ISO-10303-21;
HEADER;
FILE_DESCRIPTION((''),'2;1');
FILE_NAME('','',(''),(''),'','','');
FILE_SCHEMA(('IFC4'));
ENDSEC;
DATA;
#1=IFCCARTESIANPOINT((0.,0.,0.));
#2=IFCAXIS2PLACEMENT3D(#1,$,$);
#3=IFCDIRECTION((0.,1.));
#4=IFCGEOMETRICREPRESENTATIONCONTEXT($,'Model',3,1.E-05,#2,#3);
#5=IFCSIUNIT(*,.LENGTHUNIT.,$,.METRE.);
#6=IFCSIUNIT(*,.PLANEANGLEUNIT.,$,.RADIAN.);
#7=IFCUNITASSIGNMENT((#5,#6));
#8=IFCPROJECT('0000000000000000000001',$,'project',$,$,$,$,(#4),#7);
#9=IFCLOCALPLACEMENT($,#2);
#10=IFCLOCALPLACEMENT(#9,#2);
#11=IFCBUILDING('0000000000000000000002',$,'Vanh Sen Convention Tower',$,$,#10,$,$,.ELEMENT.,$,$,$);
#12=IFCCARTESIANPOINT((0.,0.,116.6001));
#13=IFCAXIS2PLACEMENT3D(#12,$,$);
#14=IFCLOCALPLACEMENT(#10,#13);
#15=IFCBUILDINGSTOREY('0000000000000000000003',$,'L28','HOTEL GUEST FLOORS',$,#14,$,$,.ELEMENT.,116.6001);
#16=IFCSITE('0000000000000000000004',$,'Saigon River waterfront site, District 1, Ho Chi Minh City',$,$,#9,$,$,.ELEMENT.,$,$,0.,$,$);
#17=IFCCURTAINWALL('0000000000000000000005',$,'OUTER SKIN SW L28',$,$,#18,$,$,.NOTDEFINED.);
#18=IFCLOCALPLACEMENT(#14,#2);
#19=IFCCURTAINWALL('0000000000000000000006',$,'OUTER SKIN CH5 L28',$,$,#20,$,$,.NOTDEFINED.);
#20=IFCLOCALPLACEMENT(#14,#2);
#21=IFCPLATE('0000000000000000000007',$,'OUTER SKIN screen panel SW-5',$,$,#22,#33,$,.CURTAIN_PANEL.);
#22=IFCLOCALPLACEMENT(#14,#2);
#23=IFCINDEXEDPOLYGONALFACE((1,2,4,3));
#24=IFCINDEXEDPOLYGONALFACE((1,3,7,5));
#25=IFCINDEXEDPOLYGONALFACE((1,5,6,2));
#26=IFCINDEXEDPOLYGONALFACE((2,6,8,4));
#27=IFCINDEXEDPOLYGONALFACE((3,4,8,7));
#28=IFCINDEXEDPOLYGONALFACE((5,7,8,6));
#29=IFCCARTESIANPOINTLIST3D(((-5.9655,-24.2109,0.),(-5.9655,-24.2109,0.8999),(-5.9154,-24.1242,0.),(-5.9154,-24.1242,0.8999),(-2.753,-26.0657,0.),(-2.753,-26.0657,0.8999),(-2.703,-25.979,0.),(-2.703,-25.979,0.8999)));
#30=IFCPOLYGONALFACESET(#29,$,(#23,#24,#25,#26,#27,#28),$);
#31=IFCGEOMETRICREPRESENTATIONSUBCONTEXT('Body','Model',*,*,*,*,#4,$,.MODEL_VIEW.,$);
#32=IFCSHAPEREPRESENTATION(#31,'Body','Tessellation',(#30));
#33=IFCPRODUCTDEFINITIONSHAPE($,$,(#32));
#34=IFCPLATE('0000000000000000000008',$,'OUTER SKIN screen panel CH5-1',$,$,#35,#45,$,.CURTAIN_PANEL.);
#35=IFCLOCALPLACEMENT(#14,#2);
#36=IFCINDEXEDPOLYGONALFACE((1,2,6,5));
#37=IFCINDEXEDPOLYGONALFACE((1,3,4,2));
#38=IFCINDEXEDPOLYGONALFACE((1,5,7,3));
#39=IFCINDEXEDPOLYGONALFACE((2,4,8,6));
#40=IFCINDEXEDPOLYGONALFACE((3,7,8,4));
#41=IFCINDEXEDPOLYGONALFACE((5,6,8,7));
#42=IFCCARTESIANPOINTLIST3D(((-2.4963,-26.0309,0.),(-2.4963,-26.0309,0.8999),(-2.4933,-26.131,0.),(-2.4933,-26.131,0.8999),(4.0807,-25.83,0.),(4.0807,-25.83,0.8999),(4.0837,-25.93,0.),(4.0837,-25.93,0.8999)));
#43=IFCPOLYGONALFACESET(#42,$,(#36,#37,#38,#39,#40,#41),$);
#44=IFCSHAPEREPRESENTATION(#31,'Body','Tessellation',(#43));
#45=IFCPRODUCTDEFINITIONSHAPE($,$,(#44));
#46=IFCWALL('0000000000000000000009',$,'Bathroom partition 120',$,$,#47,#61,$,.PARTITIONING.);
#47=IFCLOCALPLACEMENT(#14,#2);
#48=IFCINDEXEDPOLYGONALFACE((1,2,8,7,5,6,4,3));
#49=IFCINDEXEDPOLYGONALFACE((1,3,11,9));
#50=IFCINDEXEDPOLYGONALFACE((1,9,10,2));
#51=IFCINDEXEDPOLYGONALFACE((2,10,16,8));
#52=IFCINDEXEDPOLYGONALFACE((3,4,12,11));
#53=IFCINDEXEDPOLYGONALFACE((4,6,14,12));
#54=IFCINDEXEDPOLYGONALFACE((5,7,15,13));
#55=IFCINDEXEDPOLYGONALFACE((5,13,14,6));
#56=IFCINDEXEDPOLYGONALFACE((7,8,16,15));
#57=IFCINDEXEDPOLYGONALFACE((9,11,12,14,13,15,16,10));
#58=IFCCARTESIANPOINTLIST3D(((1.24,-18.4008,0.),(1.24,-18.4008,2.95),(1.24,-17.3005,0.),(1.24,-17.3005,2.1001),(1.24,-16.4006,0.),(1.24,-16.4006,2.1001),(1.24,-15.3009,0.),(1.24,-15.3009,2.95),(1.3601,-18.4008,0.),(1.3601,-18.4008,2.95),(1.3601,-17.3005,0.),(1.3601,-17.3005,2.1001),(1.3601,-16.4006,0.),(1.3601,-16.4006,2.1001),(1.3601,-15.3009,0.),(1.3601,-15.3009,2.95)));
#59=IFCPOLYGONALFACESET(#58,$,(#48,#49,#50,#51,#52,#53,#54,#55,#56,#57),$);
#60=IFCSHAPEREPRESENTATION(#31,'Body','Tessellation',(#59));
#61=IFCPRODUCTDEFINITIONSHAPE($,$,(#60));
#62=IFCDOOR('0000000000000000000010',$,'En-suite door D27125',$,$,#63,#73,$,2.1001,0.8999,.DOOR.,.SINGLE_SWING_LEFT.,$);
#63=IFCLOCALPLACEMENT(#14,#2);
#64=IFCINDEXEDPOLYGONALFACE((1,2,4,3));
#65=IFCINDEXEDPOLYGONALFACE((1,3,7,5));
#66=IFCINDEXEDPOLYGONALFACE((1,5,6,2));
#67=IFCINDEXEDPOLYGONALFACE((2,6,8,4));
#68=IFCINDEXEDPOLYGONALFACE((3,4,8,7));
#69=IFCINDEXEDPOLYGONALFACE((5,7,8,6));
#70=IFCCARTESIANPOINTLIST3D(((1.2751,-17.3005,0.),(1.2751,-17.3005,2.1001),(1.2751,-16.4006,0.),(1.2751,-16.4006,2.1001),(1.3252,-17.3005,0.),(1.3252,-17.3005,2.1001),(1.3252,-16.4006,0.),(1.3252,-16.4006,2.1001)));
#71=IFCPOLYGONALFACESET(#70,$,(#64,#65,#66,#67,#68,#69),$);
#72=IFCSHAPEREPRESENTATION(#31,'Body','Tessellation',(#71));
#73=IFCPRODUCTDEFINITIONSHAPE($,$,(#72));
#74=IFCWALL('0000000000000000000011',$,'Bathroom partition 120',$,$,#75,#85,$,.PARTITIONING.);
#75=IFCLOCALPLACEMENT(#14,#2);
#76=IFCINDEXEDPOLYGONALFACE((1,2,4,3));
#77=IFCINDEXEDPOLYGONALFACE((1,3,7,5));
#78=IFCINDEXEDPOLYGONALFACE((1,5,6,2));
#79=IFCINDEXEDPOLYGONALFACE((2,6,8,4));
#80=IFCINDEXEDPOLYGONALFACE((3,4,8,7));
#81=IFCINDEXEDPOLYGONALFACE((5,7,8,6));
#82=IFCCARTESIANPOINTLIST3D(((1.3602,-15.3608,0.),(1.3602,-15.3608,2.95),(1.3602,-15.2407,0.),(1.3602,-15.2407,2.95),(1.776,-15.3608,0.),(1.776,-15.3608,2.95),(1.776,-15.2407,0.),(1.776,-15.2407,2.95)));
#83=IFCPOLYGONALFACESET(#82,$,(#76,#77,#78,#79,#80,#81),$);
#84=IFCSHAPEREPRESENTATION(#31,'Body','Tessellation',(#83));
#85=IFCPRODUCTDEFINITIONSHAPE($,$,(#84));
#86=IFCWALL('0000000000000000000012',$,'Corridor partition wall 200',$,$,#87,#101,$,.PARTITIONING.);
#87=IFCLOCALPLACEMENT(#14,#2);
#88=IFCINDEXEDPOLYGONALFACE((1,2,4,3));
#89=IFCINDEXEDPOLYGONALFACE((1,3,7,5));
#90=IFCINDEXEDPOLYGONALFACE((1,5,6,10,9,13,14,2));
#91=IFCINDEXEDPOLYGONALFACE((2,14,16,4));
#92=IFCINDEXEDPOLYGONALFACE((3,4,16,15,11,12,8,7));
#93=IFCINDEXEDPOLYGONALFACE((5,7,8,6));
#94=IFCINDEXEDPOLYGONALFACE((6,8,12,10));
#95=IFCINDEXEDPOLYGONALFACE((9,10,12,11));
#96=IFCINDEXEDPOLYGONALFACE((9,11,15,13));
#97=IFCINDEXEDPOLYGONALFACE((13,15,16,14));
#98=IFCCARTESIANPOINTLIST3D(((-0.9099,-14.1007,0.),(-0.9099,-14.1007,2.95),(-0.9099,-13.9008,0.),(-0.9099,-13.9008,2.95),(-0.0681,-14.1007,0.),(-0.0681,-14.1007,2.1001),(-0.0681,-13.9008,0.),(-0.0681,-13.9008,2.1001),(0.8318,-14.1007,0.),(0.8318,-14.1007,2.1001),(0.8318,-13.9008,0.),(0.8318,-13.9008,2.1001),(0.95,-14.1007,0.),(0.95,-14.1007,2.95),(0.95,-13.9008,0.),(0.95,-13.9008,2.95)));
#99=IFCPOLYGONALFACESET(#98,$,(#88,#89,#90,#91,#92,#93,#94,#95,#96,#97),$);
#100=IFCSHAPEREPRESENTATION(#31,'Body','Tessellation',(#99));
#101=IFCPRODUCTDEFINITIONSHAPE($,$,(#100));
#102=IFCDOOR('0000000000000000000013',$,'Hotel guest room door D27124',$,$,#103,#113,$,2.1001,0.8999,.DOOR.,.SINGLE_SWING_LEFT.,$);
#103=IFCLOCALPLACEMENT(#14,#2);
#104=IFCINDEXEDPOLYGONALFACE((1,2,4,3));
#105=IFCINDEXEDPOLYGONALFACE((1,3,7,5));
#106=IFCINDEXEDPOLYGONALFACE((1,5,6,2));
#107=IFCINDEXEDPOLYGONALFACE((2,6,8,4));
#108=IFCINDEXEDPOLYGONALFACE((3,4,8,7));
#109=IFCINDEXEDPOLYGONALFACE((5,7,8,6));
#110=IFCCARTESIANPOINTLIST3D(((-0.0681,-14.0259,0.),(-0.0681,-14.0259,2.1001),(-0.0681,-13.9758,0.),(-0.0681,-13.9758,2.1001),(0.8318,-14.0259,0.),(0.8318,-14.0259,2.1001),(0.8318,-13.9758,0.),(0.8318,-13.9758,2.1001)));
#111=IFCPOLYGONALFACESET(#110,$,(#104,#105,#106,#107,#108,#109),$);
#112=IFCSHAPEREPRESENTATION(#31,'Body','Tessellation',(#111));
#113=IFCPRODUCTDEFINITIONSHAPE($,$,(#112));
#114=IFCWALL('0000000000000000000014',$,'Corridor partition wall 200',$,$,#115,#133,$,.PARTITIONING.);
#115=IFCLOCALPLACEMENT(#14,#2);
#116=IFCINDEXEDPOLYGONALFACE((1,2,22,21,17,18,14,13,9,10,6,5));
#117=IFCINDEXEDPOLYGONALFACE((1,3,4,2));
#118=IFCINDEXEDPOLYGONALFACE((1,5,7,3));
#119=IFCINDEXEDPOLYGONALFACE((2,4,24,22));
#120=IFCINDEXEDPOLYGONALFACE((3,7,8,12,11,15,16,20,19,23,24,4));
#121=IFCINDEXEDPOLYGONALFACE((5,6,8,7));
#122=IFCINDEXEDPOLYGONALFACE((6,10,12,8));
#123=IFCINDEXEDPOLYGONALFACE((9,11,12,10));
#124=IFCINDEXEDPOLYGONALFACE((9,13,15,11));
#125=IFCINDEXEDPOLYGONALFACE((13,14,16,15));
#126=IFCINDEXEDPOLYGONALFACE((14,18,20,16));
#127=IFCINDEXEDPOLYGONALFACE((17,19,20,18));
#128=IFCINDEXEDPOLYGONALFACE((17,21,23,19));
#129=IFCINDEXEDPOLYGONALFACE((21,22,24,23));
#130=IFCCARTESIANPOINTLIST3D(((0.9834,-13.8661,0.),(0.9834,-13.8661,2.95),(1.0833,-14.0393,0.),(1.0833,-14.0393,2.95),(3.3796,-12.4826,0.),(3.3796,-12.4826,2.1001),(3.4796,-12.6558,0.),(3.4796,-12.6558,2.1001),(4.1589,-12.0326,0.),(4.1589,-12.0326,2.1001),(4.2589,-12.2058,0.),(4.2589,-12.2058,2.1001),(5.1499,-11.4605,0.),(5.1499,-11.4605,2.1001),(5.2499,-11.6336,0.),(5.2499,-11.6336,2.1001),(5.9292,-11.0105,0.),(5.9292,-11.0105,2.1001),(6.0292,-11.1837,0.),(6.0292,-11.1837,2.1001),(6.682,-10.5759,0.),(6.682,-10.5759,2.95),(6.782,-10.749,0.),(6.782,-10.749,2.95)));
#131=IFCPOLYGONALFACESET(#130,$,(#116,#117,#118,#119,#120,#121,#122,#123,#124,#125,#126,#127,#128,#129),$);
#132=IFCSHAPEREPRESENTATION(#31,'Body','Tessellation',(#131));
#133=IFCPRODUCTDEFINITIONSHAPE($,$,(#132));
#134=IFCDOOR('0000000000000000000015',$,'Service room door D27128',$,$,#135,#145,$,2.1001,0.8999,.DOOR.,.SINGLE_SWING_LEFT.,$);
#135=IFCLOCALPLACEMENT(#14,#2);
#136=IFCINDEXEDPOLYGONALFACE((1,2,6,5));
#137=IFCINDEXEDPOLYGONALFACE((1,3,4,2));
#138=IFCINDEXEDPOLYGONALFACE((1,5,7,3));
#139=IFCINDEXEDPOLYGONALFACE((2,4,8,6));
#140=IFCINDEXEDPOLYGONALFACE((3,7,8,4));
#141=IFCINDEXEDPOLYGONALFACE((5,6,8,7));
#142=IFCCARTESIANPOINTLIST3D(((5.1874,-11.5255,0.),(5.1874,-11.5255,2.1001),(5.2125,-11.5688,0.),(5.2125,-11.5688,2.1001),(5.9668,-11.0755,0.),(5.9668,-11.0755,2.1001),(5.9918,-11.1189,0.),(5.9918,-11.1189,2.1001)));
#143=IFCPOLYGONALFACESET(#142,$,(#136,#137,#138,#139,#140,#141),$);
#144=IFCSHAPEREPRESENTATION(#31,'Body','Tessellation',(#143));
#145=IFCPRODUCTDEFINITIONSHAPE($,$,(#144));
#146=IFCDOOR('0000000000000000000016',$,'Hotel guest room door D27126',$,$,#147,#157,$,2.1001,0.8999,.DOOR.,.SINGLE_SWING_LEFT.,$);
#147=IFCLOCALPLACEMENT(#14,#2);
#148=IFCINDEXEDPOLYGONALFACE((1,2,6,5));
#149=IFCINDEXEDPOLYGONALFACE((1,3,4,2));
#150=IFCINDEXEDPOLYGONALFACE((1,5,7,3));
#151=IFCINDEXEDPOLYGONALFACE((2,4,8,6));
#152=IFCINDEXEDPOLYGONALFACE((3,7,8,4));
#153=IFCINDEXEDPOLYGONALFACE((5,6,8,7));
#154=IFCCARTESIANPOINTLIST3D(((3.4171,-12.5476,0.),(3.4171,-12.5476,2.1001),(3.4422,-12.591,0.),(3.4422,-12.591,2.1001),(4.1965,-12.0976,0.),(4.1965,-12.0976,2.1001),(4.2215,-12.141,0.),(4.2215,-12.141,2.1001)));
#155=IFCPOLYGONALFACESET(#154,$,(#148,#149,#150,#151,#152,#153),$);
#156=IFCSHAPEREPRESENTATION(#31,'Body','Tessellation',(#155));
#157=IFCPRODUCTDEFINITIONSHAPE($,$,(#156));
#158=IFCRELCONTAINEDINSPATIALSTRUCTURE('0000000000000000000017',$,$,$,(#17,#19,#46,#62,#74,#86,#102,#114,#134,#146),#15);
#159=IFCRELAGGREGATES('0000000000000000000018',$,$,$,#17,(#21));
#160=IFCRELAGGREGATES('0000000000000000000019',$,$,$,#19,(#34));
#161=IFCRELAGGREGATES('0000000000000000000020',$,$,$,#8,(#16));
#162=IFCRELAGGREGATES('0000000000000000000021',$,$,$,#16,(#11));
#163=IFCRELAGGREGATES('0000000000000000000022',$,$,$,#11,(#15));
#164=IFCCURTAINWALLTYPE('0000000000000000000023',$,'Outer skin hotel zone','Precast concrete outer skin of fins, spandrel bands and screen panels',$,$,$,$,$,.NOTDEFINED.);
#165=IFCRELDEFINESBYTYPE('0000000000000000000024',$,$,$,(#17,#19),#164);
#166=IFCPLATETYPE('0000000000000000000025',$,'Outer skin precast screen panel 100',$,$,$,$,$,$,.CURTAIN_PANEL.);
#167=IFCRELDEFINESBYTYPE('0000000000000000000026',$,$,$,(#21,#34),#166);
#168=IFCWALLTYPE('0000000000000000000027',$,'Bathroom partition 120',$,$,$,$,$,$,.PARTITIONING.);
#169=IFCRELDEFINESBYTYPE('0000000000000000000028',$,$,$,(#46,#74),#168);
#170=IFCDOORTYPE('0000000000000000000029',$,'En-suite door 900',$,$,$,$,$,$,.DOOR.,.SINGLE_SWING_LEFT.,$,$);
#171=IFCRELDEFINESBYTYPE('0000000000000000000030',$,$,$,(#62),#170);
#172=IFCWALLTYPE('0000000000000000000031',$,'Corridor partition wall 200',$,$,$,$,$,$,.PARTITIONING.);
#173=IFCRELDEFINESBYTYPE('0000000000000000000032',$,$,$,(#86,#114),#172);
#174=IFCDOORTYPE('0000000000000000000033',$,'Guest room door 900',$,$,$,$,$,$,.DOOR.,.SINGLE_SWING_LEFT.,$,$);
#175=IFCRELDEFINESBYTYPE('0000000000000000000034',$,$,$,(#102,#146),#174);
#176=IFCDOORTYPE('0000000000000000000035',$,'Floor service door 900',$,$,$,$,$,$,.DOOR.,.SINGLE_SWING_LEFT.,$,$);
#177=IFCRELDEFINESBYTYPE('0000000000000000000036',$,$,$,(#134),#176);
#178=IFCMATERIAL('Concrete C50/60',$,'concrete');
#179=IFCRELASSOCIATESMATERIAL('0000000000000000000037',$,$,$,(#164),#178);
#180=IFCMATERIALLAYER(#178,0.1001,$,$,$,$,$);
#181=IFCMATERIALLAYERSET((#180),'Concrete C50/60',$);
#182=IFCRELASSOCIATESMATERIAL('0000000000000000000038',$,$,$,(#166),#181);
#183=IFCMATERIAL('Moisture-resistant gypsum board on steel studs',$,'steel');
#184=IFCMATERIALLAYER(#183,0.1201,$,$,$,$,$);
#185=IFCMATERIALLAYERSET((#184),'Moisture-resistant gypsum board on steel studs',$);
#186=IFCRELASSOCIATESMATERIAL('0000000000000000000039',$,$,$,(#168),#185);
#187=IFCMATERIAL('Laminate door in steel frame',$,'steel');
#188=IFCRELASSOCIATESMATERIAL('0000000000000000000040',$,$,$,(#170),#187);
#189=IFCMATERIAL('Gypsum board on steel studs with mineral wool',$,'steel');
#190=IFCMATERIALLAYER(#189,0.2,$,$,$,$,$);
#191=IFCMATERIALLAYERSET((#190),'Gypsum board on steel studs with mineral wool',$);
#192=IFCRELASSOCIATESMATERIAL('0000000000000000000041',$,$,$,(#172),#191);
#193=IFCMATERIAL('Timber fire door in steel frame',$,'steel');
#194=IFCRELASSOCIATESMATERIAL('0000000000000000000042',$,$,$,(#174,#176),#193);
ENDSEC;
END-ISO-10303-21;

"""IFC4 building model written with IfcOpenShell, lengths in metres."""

from ifc_helpers import new_model, si_unit, direction, frame, frame_2d, origin, origin_2d, place, context, subcontext, project, spatial, rectangle, extrude, material, layer, layer_set, type_object, element, fill, aggregate, save


model = new_model("IFC4")

# Units and contexts
model_context = context("Model", 3, precision=1e-05, world=origin(), true_north=direction((0.0, 1.0)))
body_context = subcontext(model_context, "Body", "Model", "MODEL_VIEW")
ifc_project = project(units=[si_unit("LENGTHUNIT", "METRE"), si_unit("PLANEANGLEUNIT", "RADIAN")], contexts=[model_context])

# Site, building, storey
site_placement = place(None, origin())
site = spatial("IfcSite", under=ifc_project, at=site_placement, Name="Saigon River waterfront site, District 1, Ho Chi Minh City", CompositionType="ELEMENT", RefElevation=0.0)
building_placement = place(site_placement, origin())
building = spatial("IfcBuilding", under=site, at=building_placement, Name="Vanh Sen Convention Tower", CompositionType="ELEMENT")
storey_placement = place(building_placement, frame((0.0, 0.0, 116.6001)))
storey = spatial("IfcBuildingStorey", under=building, at=storey_placement, Name="L28", Description="HOTEL GUEST FLOORS", CompositionType="ELEMENT", Elevation=116.6001)

# Curtain wall
ifc_material_1 = material(Name="Concrete C50/60", Category="concrete")
curtain_wall_type = type_object("IfcCurtainWallType", Name="Outer skin hotel zone", Description="Precast concrete outer skin of fins, spandrel bands and screen panels", PredefinedType="NOTDEFINED", material=ifc_material_1)
curtain_wall_1_placement = place(storey_placement, origin())
curtain_wall_1 = element("IfcCurtainWall", 1, at=curtain_wall_1_placement, inside=storey, type_object=curtain_wall_type, Name="OUTER SKIN SW L28", PredefinedType="NOTDEFINED")

# Curtain wall
curtain_wall_2_placement = place(storey_placement, origin())
curtain_wall_2 = element("IfcCurtainWall", 2, at=curtain_wall_2_placement, inside=storey, type_object=curtain_wall_type, Name="OUTER SKIN CH5 L28", PredefinedType="NOTDEFINED")

# Plates
ifc_layer_1 = layer(ifc_material_1, 0.1001)
ifc_layer_set_1 = layer_set([ifc_layer_1], Name="Concrete C50/60")
plate_type = type_object("IfcPlateType", Name="Outer skin precast screen panel 100", PredefinedType="CURTAIN_PANEL", material=ifc_layer_set_1)
plate_1_placement = place(storey_placement, frame((-4.3342, -25.095, 0.0), z_axis=(0.0, 0.0, 1.0), x_axis=(0.866021, -0.500008, 0.0)))
plate_1 = element("IfcPlate", 3, at=plate_1_placement, type_object=plate_type, Name="OUTER SKIN screen panel SW-5", PredefinedType="CURTAIN_PANEL", context=body_context, shape_type="SweptSolid", body=[
    extrude(rectangle(XDim=3.7095, YDim=0.1001, at=origin_2d()), origin(), (0.0, 0.0, 1.0), 0.8999),
])
aggregate(curtain_wall_1, [plate_1])
plate_2_placement = place(storey_placement, frame((0.7937, -25.9805, 0.0), z_axis=(0.0, 0.0, 1.0), x_axis=(0.999533, 0.030542, 0.0)))
plate_2 = element("IfcPlate", 4, at=plate_2_placement, type_object=plate_type, Name="OUTER SKIN screen panel CH5-1", PredefinedType="CURTAIN_PANEL", context=body_context, shape_type="SweptSolid", body=[
    extrude(rectangle(XDim=6.5801, YDim=0.1001, at=origin_2d()), origin(), (0.0, 0.0, 1.0), 0.8999),
])
aggregate(curtain_wall_2, [plate_2])

# Wall, opening, door
ifc_material_2 = material(Name="Moisture-resistant gypsum board on steel studs", Category="steel")
ifc_layer_2 = layer(ifc_material_2, 0.1201)
ifc_layer_set_2 = layer_set([ifc_layer_2], Name="Moisture-resistant gypsum board on steel studs")
wall_type_1 = type_object("IfcWallType", Name="Bathroom partition 120", PredefinedType="PARTITIONING", material=ifc_layer_set_2)
wall_1_placement = place(storey_placement, frame((1.3, -18.4006, 0.0), z_axis=(0.0, 0.0, 1.0), x_axis=(0.0, 1.0, 0.0)))
wall_1 = element("IfcWall", 5, at=wall_1_placement, inside=storey, type_object=wall_type_1, Name="Bathroom partition 120", PredefinedType="PARTITIONING", context=body_context, shape_type="SweptSolid", body=[
    extrude(rectangle(XDim=3.0999, YDim=0.1201, at=frame_2d((1.5498, 0.0))), origin(), (0.0, 0.0, 1.0), 2.95),
])
opening_1_placement = place(wall_1_placement, frame((1.1001, 0.0, 0.0)))
opening_1 = element("IfcOpeningElement", 6, at=opening_1_placement, cuts=wall_1, PredefinedType="OPENING", context=body_context, shape_type="SweptSolid", body=[
    extrude(rectangle(XDim=0.8999, YDim=2.1001, at=frame_2d((0.45, 1.05))), frame((0.0, 0.0701, 0.0), z_axis=(0.0, -1.0, 0.0), x_axis=(1.0, 0.0, 0.0)), (0.0, 0.0, 1.0), 0.1401),
])
ifc_material_3 = material(Name="Laminate door in steel frame", Category="steel")
door_type_1 = type_object("IfcDoorType", Name="En-suite door 900", OperationType="SINGLE_SWING_LEFT", PredefinedType="DOOR", material=ifc_material_3)
door_1_placement = place(opening_1_placement, origin())
door_1 = element("IfcDoor", 7, at=door_1_placement, inside=storey, type_object=door_type_1, Name="En-suite door D27125", OperationType="SINGLE_SWING_LEFT", OverallHeight=2.1001, OverallWidth=0.8999, PredefinedType="DOOR", context=body_context, shape_type="SweptSolid", body=[
    extrude(rectangle(XDim=0.8999, YDim=2.1001, at=frame_2d((0.45, 1.05))), frame((0.0, 0.0249, 0.0), z_axis=(0.0, -1.0, 0.0), x_axis=(1.0, 0.0, 0.0)), (0.0, 0.0, 1.0), 0.05),
])
fill(opening_1, door_1)

# Wall
wall_2_placement = place(storey_placement, frame((1.3601, -15.3008, 0.0), z_axis=(0.0, 0.0, 1.0), x_axis=(1.0, 0.0, 0.0)))
element("IfcWall", 8, at=wall_2_placement, inside=storey, type_object=wall_type_1, Name="Bathroom partition 120", PredefinedType="PARTITIONING", context=body_context, shape_type="SweptSolid", body=[
    extrude(rectangle(XDim=0.4158, YDim=0.1201, at=frame_2d((0.208, 0.0))), origin(), (0.0, 0.0, 1.0), 2.95),
])

# Wall, opening, door
ifc_material_4 = material(Name="Gypsum board on steel studs with mineral wool", Category="steel")
ifc_layer_3 = layer(ifc_material_4, 0.2)
ifc_layer_set_3 = layer_set([ifc_layer_3], Name="Gypsum board on steel studs with mineral wool")
wall_type_2 = type_object("IfcWallType", Name="Corridor partition wall 200", PredefinedType="PARTITIONING", material=ifc_layer_set_3)
wall_3_placement = place(storey_placement, frame((-0.9099, -14.0007, 0.0), z_axis=(0.0, 0.0, 1.0), x_axis=(1.0, 0.0, 0.0)))
wall_3 = element("IfcWall", 9, at=wall_3_placement, inside=storey, type_object=wall_type_2, Name="Corridor partition wall 200", PredefinedType="PARTITIONING", context=body_context, shape_type="SweptSolid", body=[
    extrude(rectangle(XDim=1.8599, YDim=0.2, at=frame_2d((0.9299, 0.0))), origin(), (0.0, 0.0, 1.0), 2.95),
])
opening_2_placement = place(wall_3_placement, frame((0.8418, 0.0, 0.0)))
opening_2 = element("IfcOpeningElement", 10, at=opening_2_placement, cuts=wall_3, PredefinedType="OPENING", context=body_context, shape_type="SweptSolid", body=[
    extrude(rectangle(XDim=0.8999, YDim=2.1001, at=frame_2d((0.45, 1.05))), frame((0.0, 0.1099, 0.0), z_axis=(0.0, -1.0, 0.0), x_axis=(1.0, 0.0, 0.0)), (0.0, 0.0, 1.0), 0.22),
])
ifc_material_5 = material(Name="Timber fire door in steel frame", Category="steel")
door_type_2 = type_object("IfcDoorType", Name="Guest room door 900", OperationType="SINGLE_SWING_LEFT", PredefinedType="DOOR", material=ifc_material_5)
door_2_placement = place(opening_2_placement, origin())
door_2 = element("IfcDoor", 11, at=door_2_placement, inside=storey, type_object=door_type_2, Name="Hotel guest room door D27124", OperationType="SINGLE_SWING_LEFT", OverallHeight=2.1001, OverallWidth=0.8999, PredefinedType="DOOR", context=body_context, shape_type="SweptSolid", body=[
    extrude(rectangle(XDim=0.8999, YDim=2.1001, at=frame_2d((0.45, 1.05))), frame((0.0, 0.0249, 0.0), z_axis=(0.0, -1.0, 0.0), x_axis=(1.0, 0.0, 0.0)), (0.0, 0.0, 1.0), 0.05),
])
fill(opening_2, door_2)

# Wall, openings, doors
wall_4_placement = place(storey_placement, frame((1.0334, -13.9526, 0.0), z_axis=(0.0, 0.0, 1.0), x_axis=(0.866018, 0.500014, 0.0)))
wall_4 = element("IfcWall", 12, at=wall_4_placement, inside=storey, type_object=wall_type_2, Name="Corridor partition wall 200", PredefinedType="PARTITIONING", context=body_context, shape_type="SweptSolid", body=[
    extrude(rectangle(XDim=6.5803, YDim=0.2, at=frame_2d((3.29, 0.0))), origin(), (0.0, 0.0, 1.0), 2.95),
])
opening_3_placement = place(wall_4_placement, frame((2.7668, 0.0, 0.0)))
opening_3 = element("IfcOpeningElement", 13, at=opening_3_placement, cuts=wall_4, PredefinedType="OPENING", context=body_context, shape_type="SweptSolid", body=[
    extrude(rectangle(XDim=0.8999, YDim=2.1001, at=frame_2d((0.45, 1.05))), frame((0.0, 0.1099, 0.0), z_axis=(0.0, -1.0, 0.0), x_axis=(1.0, 0.0, 0.0)), (0.0, 0.0, 1.0), 0.22),
])
opening_4_placement = place(wall_4_placement, frame((4.811, 0.0, 0.0)))
opening_4 = element("IfcOpeningElement", 14, at=opening_4_placement, cuts=wall_4, PredefinedType="OPENING", context=body_context, shape_type="SweptSolid", body=[
    extrude(rectangle(XDim=0.8999, YDim=2.1001, at=frame_2d((0.45, 1.05))), frame((0.0, 0.1099, 0.0), z_axis=(0.0, -1.0, 0.0), x_axis=(1.0, 0.0, 0.0)), (0.0, 0.0, 1.0), 0.22),
])
door_type_3 = type_object("IfcDoorType", Name="Floor service door 900", OperationType="SINGLE_SWING_LEFT", PredefinedType="DOOR", material=ifc_material_5)
door_3_placement = place(opening_4_placement, origin())
door_3 = element("IfcDoor", 15, at=door_3_placement, inside=storey, type_object=door_type_3, Name="Service room door D27128", OperationType="SINGLE_SWING_LEFT", OverallHeight=2.1001, OverallWidth=0.8999, PredefinedType="DOOR", context=body_context, shape_type="SweptSolid", body=[
    extrude(rectangle(XDim=0.8999, YDim=2.1001, at=frame_2d((0.45, 1.05))), frame((0.0, 0.0249, 0.0), z_axis=(0.0, -1.0, 0.0), x_axis=(1.0, 0.0, 0.0)), (0.0, 0.0, 1.0), 0.05),
])
fill(opening_4, door_3)
door_4_placement = place(opening_3_placement, origin())
door_4 = element("IfcDoor", 16, at=door_4_placement, inside=storey, type_object=door_type_2, Name="Hotel guest room door D27126", OperationType="SINGLE_SWING_LEFT", OverallHeight=2.1001, OverallWidth=0.8999, PredefinedType="DOOR", context=body_context, shape_type="SweptSolid", body=[
    extrude(rectangle(XDim=0.8999, YDim=2.1001, at=frame_2d((0.45, 1.05))), frame((0.0, 0.0249, 0.0), z_axis=(0.0, -1.0, 0.0), x_axis=(1.0, 0.0, 0.0)), (0.0, 0.0, 1.0), 0.05),
])
fill(opening_3, door_4)

save(model, "model.ifc")
